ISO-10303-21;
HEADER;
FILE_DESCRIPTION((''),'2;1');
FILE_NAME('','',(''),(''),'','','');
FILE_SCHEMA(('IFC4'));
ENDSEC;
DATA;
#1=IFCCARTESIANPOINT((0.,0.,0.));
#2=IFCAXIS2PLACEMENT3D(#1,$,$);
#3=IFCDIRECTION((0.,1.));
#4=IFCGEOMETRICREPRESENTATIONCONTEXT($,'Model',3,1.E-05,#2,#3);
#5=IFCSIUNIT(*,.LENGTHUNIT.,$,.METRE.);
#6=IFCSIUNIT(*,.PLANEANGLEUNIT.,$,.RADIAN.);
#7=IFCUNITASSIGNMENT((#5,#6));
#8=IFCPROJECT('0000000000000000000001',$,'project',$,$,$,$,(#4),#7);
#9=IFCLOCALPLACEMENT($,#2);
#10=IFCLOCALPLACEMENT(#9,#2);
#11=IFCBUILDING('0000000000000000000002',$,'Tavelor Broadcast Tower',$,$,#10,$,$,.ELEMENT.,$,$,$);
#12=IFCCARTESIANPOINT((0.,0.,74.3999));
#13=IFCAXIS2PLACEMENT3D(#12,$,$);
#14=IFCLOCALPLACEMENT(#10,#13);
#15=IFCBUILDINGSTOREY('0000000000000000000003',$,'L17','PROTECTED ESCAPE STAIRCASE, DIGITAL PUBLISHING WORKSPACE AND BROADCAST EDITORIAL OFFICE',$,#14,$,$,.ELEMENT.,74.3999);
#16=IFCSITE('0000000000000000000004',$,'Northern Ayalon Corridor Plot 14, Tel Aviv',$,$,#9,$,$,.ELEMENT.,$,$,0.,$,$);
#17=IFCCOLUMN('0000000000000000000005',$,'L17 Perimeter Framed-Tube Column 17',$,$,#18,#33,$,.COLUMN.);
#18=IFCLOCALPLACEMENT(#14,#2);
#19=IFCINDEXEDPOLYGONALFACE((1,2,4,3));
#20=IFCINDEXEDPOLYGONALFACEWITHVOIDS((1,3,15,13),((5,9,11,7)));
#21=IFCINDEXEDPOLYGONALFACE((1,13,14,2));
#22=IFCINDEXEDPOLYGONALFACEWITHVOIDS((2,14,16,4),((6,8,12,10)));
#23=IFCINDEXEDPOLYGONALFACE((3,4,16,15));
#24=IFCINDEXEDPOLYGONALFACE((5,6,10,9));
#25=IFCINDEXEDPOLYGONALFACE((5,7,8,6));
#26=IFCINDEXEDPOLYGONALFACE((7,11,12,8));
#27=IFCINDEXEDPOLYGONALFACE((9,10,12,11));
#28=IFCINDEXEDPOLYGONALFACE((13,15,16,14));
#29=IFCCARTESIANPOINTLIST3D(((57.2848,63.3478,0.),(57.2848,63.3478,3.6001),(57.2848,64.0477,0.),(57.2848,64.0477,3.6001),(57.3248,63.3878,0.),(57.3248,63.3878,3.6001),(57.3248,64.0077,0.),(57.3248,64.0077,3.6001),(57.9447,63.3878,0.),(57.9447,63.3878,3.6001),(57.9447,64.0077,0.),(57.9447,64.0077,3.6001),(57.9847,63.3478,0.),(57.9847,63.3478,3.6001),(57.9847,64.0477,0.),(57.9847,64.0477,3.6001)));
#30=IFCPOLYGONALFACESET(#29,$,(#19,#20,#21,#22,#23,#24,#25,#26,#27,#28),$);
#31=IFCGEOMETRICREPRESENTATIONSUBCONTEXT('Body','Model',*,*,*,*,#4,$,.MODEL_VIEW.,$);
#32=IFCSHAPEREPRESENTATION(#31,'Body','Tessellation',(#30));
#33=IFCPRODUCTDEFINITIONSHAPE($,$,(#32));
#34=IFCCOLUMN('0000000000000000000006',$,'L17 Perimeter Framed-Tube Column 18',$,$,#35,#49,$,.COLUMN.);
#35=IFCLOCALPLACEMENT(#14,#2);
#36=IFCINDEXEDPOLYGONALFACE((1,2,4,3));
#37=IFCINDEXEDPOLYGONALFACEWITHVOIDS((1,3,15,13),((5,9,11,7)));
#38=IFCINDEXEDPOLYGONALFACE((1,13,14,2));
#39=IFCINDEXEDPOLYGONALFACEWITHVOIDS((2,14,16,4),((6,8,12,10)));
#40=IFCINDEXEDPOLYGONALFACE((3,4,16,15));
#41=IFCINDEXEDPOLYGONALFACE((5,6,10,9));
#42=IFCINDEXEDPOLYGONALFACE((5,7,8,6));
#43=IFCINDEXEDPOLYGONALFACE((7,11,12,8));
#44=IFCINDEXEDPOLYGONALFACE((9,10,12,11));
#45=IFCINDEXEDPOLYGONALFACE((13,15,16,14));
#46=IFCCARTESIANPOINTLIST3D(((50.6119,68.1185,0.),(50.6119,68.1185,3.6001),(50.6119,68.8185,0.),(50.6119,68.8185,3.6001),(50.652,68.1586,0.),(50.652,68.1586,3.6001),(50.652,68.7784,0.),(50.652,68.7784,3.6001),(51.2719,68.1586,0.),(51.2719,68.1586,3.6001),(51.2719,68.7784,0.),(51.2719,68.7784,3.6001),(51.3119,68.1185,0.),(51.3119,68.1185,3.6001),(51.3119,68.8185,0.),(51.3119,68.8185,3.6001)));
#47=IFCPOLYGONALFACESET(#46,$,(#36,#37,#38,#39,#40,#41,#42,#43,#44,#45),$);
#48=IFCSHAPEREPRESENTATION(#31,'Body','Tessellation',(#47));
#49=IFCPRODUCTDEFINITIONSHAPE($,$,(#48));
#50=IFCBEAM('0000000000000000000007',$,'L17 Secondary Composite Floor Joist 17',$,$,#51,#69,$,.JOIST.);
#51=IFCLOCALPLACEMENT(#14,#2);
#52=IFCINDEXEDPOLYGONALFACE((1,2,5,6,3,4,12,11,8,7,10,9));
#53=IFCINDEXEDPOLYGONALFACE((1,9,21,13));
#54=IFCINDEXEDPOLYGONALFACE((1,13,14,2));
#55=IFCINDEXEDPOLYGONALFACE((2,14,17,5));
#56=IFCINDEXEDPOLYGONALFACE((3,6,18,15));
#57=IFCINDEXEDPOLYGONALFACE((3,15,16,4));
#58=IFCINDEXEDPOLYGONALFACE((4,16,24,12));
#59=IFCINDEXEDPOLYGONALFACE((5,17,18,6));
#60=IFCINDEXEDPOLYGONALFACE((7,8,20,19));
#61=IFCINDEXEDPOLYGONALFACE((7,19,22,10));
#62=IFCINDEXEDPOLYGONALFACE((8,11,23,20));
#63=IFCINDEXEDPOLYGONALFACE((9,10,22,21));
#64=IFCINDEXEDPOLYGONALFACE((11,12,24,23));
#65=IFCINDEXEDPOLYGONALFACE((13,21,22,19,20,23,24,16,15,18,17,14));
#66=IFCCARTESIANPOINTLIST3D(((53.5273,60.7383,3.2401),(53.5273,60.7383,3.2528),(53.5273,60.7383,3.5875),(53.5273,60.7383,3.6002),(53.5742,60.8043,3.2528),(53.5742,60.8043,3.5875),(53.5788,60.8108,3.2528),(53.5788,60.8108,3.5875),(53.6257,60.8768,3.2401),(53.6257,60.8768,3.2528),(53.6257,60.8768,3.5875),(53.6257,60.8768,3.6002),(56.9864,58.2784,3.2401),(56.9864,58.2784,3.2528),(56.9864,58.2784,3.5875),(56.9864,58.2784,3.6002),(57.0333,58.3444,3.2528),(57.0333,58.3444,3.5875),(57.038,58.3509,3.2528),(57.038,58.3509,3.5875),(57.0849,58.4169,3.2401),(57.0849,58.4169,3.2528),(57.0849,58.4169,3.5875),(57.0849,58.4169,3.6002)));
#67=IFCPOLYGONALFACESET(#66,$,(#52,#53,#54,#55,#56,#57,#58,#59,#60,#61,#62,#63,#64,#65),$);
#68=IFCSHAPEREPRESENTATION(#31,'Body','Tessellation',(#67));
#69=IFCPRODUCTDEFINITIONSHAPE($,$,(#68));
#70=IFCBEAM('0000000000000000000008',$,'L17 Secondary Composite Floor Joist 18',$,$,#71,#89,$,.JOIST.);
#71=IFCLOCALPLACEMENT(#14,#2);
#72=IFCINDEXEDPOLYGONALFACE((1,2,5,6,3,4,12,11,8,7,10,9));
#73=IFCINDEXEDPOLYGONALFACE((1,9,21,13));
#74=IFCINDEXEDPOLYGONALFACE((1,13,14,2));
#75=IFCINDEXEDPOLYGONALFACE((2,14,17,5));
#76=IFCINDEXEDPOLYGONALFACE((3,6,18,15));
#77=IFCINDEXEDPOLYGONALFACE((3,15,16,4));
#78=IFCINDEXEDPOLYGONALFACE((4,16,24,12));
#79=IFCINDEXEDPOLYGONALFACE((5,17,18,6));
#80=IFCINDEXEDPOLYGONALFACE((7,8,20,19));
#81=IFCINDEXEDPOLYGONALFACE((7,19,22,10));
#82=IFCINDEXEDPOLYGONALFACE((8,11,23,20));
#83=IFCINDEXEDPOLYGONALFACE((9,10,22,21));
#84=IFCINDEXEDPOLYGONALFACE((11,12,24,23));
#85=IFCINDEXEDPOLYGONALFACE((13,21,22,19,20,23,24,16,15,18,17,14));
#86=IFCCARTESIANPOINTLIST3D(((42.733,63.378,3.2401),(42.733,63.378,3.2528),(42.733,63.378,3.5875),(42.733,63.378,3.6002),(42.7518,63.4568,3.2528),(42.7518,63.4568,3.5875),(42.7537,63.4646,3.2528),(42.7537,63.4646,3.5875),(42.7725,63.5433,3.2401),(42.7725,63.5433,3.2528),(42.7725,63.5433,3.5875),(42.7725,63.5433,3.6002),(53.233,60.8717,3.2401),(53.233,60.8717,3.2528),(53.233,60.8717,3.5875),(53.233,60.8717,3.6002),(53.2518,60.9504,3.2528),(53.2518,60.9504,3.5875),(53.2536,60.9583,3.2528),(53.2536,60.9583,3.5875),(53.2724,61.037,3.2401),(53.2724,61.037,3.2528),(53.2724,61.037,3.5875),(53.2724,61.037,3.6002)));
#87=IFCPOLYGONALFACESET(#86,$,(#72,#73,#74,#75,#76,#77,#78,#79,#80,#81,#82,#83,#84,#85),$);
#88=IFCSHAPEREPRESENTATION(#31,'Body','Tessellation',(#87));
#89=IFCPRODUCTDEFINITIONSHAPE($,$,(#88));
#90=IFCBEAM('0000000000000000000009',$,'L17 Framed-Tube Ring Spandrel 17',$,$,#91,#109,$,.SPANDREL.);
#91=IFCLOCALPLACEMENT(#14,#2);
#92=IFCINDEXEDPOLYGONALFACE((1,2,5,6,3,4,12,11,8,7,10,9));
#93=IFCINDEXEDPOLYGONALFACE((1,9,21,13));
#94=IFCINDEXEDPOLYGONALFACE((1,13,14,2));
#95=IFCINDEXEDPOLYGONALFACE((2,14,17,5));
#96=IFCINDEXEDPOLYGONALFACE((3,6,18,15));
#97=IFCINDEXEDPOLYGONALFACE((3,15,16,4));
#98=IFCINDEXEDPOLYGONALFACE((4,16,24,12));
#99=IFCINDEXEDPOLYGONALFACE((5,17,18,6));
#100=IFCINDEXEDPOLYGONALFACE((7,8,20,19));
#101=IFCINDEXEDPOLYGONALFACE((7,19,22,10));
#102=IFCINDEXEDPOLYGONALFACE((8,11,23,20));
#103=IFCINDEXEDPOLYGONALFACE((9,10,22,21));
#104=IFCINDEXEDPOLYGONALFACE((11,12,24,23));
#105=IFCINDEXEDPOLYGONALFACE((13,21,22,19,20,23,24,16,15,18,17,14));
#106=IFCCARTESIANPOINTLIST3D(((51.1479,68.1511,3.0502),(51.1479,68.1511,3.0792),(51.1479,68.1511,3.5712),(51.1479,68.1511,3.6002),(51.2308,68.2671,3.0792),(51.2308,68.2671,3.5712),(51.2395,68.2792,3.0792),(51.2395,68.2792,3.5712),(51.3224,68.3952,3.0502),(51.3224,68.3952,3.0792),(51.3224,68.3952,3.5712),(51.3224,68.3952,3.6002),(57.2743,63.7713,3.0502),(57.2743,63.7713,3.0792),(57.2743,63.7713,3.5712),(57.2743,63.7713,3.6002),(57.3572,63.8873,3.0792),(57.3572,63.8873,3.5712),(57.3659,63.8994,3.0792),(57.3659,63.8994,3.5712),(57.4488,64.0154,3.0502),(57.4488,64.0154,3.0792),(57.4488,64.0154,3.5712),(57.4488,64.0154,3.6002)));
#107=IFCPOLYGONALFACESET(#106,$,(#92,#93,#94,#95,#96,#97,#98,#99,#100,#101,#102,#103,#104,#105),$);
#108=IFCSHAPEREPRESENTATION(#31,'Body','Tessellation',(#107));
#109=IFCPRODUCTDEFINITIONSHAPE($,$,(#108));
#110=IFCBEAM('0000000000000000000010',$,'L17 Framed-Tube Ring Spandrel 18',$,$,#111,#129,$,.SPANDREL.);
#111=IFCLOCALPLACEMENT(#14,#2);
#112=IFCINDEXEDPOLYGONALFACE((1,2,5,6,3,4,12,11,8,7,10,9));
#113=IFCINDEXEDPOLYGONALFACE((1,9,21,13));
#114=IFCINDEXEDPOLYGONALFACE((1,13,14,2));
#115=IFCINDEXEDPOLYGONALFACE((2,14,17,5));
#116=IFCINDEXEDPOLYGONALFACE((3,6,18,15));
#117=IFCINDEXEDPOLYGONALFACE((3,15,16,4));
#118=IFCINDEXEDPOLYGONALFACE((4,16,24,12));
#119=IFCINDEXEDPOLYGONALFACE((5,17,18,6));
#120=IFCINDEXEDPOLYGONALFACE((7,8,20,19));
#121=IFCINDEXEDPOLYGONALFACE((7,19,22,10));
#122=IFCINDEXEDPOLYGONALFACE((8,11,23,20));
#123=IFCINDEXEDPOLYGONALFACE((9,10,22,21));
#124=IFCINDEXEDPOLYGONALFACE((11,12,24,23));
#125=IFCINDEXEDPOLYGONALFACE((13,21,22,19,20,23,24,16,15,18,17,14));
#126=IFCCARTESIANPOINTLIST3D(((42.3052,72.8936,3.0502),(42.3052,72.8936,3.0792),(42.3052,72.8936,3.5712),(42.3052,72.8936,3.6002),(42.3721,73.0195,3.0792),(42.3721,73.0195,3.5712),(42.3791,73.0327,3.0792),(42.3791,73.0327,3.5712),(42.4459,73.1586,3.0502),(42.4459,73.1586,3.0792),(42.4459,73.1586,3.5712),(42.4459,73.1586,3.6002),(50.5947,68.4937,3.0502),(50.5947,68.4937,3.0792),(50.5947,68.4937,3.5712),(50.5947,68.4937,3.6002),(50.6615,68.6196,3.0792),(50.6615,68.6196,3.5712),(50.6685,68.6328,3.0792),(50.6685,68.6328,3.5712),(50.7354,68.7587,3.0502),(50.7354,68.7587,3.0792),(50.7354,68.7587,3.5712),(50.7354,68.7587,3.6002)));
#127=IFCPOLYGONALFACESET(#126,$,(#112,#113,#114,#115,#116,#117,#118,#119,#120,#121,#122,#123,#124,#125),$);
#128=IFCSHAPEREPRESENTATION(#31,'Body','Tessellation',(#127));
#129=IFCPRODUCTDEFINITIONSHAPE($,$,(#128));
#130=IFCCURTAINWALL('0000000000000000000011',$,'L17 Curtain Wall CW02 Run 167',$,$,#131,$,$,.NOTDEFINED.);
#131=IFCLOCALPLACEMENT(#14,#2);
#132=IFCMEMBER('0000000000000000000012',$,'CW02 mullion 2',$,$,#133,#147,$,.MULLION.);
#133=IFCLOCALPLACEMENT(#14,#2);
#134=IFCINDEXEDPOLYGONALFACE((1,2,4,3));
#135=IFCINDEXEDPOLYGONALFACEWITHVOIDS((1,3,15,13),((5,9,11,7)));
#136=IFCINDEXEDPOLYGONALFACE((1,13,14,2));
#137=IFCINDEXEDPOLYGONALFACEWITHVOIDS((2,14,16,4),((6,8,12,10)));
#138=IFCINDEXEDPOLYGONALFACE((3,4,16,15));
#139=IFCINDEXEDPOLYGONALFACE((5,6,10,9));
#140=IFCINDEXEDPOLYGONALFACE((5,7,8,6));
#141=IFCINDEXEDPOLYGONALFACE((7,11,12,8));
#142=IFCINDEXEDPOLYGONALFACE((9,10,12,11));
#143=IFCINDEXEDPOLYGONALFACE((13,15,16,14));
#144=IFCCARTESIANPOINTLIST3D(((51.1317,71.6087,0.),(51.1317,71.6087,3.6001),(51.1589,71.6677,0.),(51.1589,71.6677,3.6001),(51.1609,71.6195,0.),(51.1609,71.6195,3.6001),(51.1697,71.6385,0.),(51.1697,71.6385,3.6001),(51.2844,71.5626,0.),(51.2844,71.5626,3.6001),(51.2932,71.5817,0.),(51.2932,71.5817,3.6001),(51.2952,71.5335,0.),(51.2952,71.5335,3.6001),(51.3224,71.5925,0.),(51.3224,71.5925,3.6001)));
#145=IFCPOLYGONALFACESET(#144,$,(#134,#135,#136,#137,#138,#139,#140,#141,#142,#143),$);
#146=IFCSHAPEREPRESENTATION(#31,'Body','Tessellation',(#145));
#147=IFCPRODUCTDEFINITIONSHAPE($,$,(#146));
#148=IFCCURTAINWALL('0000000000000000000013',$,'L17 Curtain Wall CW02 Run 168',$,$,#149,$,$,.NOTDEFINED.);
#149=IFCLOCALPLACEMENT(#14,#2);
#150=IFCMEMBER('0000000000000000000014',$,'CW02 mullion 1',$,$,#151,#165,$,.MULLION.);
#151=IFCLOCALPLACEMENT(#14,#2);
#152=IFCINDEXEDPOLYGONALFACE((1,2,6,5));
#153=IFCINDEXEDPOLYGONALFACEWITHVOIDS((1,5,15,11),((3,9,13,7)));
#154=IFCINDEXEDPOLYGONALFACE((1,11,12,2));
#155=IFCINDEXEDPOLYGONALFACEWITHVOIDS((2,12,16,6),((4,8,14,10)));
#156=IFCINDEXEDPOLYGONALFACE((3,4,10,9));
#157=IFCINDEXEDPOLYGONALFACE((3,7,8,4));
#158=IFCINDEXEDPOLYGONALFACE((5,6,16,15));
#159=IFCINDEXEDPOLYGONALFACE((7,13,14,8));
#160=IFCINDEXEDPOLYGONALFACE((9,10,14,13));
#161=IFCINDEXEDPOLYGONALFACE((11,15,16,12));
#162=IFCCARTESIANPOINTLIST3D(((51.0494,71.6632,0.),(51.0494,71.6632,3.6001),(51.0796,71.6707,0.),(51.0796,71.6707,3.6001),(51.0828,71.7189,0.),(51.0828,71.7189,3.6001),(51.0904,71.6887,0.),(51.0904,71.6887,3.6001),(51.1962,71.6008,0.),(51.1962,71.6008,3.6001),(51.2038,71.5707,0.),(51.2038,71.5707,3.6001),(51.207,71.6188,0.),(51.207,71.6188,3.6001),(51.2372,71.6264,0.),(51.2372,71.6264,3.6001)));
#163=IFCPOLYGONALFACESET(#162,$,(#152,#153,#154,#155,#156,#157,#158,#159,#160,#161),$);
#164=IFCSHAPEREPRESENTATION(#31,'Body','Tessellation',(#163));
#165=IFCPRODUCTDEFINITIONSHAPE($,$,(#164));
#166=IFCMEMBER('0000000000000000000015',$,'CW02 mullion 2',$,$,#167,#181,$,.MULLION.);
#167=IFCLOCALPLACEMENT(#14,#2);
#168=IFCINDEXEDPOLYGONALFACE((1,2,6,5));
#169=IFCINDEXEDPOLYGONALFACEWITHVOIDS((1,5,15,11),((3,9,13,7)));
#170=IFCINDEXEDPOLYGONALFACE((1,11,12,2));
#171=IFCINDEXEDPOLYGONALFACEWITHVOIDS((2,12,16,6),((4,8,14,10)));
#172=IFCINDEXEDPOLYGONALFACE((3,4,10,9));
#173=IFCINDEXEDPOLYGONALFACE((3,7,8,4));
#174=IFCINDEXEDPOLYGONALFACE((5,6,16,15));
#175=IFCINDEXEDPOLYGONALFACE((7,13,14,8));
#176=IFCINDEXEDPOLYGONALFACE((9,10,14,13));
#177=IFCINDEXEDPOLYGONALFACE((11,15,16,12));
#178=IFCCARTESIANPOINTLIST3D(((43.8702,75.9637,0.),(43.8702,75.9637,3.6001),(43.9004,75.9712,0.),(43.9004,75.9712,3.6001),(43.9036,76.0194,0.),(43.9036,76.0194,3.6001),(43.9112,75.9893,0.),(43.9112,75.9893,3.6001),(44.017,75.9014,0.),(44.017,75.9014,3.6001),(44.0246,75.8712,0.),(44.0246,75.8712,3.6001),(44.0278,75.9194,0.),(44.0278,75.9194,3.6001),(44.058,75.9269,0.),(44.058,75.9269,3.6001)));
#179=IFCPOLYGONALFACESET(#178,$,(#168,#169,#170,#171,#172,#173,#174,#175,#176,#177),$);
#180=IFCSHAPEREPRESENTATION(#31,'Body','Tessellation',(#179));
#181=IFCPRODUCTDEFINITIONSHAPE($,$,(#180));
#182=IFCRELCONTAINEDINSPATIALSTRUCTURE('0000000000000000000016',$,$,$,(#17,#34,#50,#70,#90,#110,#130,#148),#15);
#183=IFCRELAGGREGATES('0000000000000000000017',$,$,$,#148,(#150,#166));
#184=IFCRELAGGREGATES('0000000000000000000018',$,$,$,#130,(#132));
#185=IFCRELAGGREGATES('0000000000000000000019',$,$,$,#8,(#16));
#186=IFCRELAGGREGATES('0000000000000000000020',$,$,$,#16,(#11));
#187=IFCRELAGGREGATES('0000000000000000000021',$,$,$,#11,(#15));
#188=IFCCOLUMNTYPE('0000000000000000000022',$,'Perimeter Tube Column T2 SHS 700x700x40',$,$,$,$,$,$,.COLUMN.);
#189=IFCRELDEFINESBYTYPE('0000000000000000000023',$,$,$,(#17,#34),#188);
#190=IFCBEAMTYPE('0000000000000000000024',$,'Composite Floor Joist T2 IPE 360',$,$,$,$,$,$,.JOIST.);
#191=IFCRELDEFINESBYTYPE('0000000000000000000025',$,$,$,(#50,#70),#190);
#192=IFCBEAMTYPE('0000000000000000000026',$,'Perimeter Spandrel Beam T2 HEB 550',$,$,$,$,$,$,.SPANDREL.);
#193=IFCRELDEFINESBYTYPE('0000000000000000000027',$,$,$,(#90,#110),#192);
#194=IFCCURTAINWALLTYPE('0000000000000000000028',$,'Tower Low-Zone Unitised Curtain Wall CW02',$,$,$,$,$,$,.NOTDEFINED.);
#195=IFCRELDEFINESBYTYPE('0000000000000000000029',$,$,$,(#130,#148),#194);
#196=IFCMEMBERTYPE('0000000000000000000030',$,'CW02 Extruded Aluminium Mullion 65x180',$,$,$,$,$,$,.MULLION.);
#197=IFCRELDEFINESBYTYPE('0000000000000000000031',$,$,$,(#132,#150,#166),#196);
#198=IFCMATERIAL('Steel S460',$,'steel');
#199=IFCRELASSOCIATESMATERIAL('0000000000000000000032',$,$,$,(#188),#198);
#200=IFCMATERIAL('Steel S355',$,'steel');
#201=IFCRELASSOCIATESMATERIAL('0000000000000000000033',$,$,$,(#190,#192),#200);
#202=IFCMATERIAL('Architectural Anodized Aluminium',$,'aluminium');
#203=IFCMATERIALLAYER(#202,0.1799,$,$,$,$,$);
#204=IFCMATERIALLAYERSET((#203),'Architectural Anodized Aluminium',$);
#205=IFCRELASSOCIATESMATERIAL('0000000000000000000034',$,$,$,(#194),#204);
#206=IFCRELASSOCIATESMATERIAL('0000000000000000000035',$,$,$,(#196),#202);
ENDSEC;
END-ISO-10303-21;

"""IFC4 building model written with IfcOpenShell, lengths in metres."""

from ifc_helpers import new_model, si_unit, direction, frame, origin, origin_2d, place, context, subcontext, project, spatial, hollow_rectangle, i_section, extrude, source, transform, mapped, material, layer, layer_set, material_profile, profile_set, type_object, type_shapes, element, aggregate, save


model = new_model("IFC4")

# Units and contexts
model_context = context("Model", 3, precision=1e-05, world=origin(), true_north=direction((0.0, 1.0)))
body_context = subcontext(model_context, "Body", "Model", "MODEL_VIEW")
ifc_project = project(units=[si_unit("LENGTHUNIT", "METRE"), si_unit("PLANEANGLEUNIT", "RADIAN")], contexts=[model_context])

# Site, building, storey
site_placement = place(None, origin())
site = spatial("IfcSite", under=ifc_project, at=site_placement, Name="Northern Ayalon Corridor Plot 14, Tel Aviv", CompositionType="ELEMENT", RefElevation=0.0)
building_placement = place(site_placement, origin())
building = spatial("IfcBuilding", under=site, at=building_placement, Name="Tavelor Broadcast Tower", CompositionType="ELEMENT")
storey_placement = place(building_placement, frame((0.0, 0.0, 74.3999)))
storey = spatial("IfcBuildingStorey", under=building, at=storey_placement, Name="L17", Description="PROTECTED ESCAPE STAIRCASE, DIGITAL PUBLISHING WORKSPACE AND BROADCAST EDITORIAL OFFICE", CompositionType="ELEMENT", Elevation=74.3999)

# Columns
ifc_material_1 = material(Name="Steel S460", Category="steel")
ifc_material_profile_1 = material_profile(ifc_material_1, hollow_rectangle(XDim=0.7, YDim=0.7, WallThickness=0.04, at=origin_2d()), Name="SHS 700x700x40")
ifc_profile_set_1 = profile_set([ifc_material_profile_1], Name="Steel S460")
column_type = type_object("IfcColumnType", Name="Perimeter Tube Column T2 SHS 700x700x40", PredefinedType="COLUMN", material=ifc_profile_set_1)
for number, where, z_axis, x_axis, name in (
    (1, (57.6348, 63.6978, 0.0), (0.0, 0.0, 1.0), (1.0, 0.0, 0.0), "L17 Perimeter Framed-Tube Column 17"),
    (2, (50.9619, 68.4685, 0.0), (0.0, 0.0, 1.0), (1.0, 0.0, 0.0), "L17 Perimeter Framed-Tube Column 18"),
):
    element("IfcColumn", number, at=place(storey_placement, frame(where, z_axis=z_axis, x_axis=x_axis)), inside=storey, type_object=column_type, Name=name, PredefinedType="COLUMN", context=body_context, shape_type="SweptSolid", body=[
        extrude(hollow_rectangle(XDim=0.7, YDim=0.7, WallThickness=0.04, at=origin_2d()), origin(), (0.0, 0.0, 1.0), 3.6001),
    ])

# Beams
ifc_material_2 = material(Name="Steel S355", Category="steel")
ifc_material_profile_2 = material_profile(ifc_material_2, i_section(OverallWidth=0.1699, OverallDepth=0.3601, WebThickness=0.0081, FlangeThickness=0.0127, at=origin_2d()), Name="IPE 360")
ifc_profile_set_2 = profile_set([ifc_material_profile_2], Name="Steel S355")
beam_type_1 = type_object("IfcBeamType", Name="Composite Floor Joist T2 IPE 360", PredefinedType="JOIST", material=ifc_profile_set_2)
beam_1_placement = place(storey_placement, frame((57.0356, 58.3477, 3.4202), z_axis=(-0.814948, 0.579534, 0.0), x_axis=(-0.579534, -0.814948, 0.0)))
element("IfcBeam", 3, at=beam_1_placement, inside=storey, type_object=beam_type_1, Name="L17 Secondary Composite Floor Joist 17", PredefinedType="JOIST", context=body_context, shape_type="SweptSolid", body=[
    extrude(i_section(OverallWidth=0.1699, OverallDepth=0.3601, WebThickness=0.0081, FlangeThickness=0.0127, at=origin_2d()), origin(), (0.0, 0.0, 1.0), 4.2446),
])
beam_2_placement = place(storey_placement, frame((53.2527, 60.9543, 3.4202), z_axis=(-0.972674, 0.232177, 0.0), x_axis=(-0.232177, -0.972674, 0.0)))
element("IfcBeam", 4, at=beam_2_placement, inside=storey, type_object=beam_type_1, Name="L17 Secondary Composite Floor Joist 18", PredefinedType="JOIST", context=body_context, shape_type="SweptSolid", body=[
    extrude(i_section(OverallWidth=0.1699, OverallDepth=0.3601, WebThickness=0.0081, FlangeThickness=0.0127, at=origin_2d()), origin(), (0.0, 0.0, 1.0), 10.7949),
])
ifc_material_profile_3 = material_profile(ifc_material_2, i_section(OverallWidth=0.3, OverallDepth=0.55, WebThickness=0.0149, FlangeThickness=0.0291, at=origin_2d()), Name="HEB 550")
ifc_profile_set_3 = profile_set([ifc_material_profile_3], Name="Steel S355")
beam_type_2 = type_object("IfcBeamType", Name="Perimeter Spandrel Beam T2 HEB 550", PredefinedType="SPANDREL", material=ifc_profile_set_3)
beam_3_placement = place(storey_placement, frame((57.3616, 63.8933, 3.3252), z_axis=(-0.813492, 0.581575, 0.0), x_axis=(-0.581575, -0.813492, 0.0)))
element("IfcBeam", 5, at=beam_3_placement, inside=storey, type_object=beam_type_2, Name="L17 Framed-Tube Ring Spandrel 17", PredefinedType="SPANDREL", context=body_context, shape_type="SweptSolid", body=[
    extrude(i_section(OverallWidth=0.3, OverallDepth=0.55, WebThickness=0.0149, FlangeThickness=0.0291, at=origin_2d()), origin(), (0.0, 0.0, 1.0), 7.531),
])
beam_4_placement = place(storey_placement, frame((50.665, 68.6262, 3.3252), z_axis=(-0.883289, 0.468829, 0.0), x_axis=(-0.468829, -0.883289, 0.0)))
element("IfcBeam", 6, at=beam_4_placement, inside=storey, type_object=beam_type_2, Name="L17 Framed-Tube Ring Spandrel 18", PredefinedType="SPANDREL", context=body_context, shape_type="SweptSolid", body=[
    extrude(i_section(OverallWidth=0.3, OverallDepth=0.55, WebThickness=0.0149, FlangeThickness=0.0291, at=origin_2d()), origin(), (0.0, 0.0, 1.0), 9.3848),
])

# Curtain wall, member
ifc_material_3 = material(Name="Architectural Anodized Aluminium", Category="aluminium")
ifc_layer_1 = layer(ifc_material_3, 0.1799)
ifc_layer_set_1 = layer_set([ifc_layer_1], Name="Architectural Anodized Aluminium")
curtain_wall_type = type_object("IfcCurtainWallType", Name="Tower Low-Zone Unitised Curtain Wall CW02", PredefinedType="NOTDEFINED", material=ifc_layer_set_1)
curtain_wall_1_placement = place(storey_placement, origin())
curtain_wall_1 = element("IfcCurtainWall", 7, at=curtain_wall_1_placement, inside=storey, type_object=curtain_wall_type, Name="L17 Curtain Wall CW02 Run 167", PredefinedType="NOTDEFINED")
ifc_material_profile_4 = material_profile(ifc_material_3, hollow_rectangle(XDim=0.0649, YDim=0.1799, WallThickness=0.022, at=origin_2d()), Name="RHS 65x180x22")
ifc_profile_set_4 = profile_set([ifc_material_profile_4], Name="Architectural Anodized Aluminium")
member_type_1 = type_object("IfcMemberType", Name="CW02 Extruded Aluminium Mullion 65x180", PredefinedType="MULLION", material=ifc_profile_set_4)
shared_shape_1 = source(origin(), body_context, "Body", "SweptSolid", [
    extrude(hollow_rectangle(XDim=0.0649, YDim=0.1799, WallThickness=0.022, at=origin_2d()), origin(), (0.0, 0.0, 1.0), 3.6001),
])
type_shapes(member_type_1, [shared_shape_1])
member_1_placement = place(storey_placement, frame((51.2271, 71.6006, 0.0), z_axis=(0.0, 0.0, 1.0), x_axis=(-0.417985, -0.908454, 0.0)))
member_1 = element("IfcMember", 8, at=member_1_placement, type_object=member_type_1, Name="CW02 mullion 2", PredefinedType="MULLION", context=body_context, shape_type="MappedRepresentation", body=[
    mapped(shared_shape_1, transform((0.0, 0.0, 0.0), scale=1.0)),
])

# Curtain wall, members
curtain_wall_2_placement = place(storey_placement, origin())
curtain_wall_2 = element("IfcCurtainWall", 9, at=curtain_wall_2_placement, inside=storey, type_object=curtain_wall_type, Name="L17 Curtain Wall CW02 Run 168", PredefinedType="NOTDEFINED")
member_2_placement = place(storey_placement, frame((51.1433, 71.6448, 0.0), z_axis=(0.0, 0.0, 1.0), x_axis=(-0.513891, -0.857856, 0.0)))
member_2 = element("IfcMember", 10, at=member_2_placement, type_object=member_type_1, Name="CW02 mullion 1", PredefinedType="MULLION", context=body_context, shape_type="MappedRepresentation", body=[
    mapped(shared_shape_1, transform((0.0, 0.0, 0.0), scale=1.0)),
])
member_3_placement = place(storey_placement, frame((43.9641, 75.9453, 0.0), z_axis=(0.0, 0.0, 1.0), x_axis=(-0.513891, -0.857856, 0.0)))
member_3 = element("IfcMember", 11, at=member_3_placement, type_object=member_type_1, Name="CW02 mullion 2", PredefinedType="MULLION", context=body_context, shape_type="MappedRepresentation", body=[
    mapped(shared_shape_1, transform((0.0, 0.0, 0.0), scale=1.0)),
])

aggregate(curtain_wall_2, [member_2, member_3])
aggregate(curtain_wall_1, [member_1])

save(model, "model.ifc")
